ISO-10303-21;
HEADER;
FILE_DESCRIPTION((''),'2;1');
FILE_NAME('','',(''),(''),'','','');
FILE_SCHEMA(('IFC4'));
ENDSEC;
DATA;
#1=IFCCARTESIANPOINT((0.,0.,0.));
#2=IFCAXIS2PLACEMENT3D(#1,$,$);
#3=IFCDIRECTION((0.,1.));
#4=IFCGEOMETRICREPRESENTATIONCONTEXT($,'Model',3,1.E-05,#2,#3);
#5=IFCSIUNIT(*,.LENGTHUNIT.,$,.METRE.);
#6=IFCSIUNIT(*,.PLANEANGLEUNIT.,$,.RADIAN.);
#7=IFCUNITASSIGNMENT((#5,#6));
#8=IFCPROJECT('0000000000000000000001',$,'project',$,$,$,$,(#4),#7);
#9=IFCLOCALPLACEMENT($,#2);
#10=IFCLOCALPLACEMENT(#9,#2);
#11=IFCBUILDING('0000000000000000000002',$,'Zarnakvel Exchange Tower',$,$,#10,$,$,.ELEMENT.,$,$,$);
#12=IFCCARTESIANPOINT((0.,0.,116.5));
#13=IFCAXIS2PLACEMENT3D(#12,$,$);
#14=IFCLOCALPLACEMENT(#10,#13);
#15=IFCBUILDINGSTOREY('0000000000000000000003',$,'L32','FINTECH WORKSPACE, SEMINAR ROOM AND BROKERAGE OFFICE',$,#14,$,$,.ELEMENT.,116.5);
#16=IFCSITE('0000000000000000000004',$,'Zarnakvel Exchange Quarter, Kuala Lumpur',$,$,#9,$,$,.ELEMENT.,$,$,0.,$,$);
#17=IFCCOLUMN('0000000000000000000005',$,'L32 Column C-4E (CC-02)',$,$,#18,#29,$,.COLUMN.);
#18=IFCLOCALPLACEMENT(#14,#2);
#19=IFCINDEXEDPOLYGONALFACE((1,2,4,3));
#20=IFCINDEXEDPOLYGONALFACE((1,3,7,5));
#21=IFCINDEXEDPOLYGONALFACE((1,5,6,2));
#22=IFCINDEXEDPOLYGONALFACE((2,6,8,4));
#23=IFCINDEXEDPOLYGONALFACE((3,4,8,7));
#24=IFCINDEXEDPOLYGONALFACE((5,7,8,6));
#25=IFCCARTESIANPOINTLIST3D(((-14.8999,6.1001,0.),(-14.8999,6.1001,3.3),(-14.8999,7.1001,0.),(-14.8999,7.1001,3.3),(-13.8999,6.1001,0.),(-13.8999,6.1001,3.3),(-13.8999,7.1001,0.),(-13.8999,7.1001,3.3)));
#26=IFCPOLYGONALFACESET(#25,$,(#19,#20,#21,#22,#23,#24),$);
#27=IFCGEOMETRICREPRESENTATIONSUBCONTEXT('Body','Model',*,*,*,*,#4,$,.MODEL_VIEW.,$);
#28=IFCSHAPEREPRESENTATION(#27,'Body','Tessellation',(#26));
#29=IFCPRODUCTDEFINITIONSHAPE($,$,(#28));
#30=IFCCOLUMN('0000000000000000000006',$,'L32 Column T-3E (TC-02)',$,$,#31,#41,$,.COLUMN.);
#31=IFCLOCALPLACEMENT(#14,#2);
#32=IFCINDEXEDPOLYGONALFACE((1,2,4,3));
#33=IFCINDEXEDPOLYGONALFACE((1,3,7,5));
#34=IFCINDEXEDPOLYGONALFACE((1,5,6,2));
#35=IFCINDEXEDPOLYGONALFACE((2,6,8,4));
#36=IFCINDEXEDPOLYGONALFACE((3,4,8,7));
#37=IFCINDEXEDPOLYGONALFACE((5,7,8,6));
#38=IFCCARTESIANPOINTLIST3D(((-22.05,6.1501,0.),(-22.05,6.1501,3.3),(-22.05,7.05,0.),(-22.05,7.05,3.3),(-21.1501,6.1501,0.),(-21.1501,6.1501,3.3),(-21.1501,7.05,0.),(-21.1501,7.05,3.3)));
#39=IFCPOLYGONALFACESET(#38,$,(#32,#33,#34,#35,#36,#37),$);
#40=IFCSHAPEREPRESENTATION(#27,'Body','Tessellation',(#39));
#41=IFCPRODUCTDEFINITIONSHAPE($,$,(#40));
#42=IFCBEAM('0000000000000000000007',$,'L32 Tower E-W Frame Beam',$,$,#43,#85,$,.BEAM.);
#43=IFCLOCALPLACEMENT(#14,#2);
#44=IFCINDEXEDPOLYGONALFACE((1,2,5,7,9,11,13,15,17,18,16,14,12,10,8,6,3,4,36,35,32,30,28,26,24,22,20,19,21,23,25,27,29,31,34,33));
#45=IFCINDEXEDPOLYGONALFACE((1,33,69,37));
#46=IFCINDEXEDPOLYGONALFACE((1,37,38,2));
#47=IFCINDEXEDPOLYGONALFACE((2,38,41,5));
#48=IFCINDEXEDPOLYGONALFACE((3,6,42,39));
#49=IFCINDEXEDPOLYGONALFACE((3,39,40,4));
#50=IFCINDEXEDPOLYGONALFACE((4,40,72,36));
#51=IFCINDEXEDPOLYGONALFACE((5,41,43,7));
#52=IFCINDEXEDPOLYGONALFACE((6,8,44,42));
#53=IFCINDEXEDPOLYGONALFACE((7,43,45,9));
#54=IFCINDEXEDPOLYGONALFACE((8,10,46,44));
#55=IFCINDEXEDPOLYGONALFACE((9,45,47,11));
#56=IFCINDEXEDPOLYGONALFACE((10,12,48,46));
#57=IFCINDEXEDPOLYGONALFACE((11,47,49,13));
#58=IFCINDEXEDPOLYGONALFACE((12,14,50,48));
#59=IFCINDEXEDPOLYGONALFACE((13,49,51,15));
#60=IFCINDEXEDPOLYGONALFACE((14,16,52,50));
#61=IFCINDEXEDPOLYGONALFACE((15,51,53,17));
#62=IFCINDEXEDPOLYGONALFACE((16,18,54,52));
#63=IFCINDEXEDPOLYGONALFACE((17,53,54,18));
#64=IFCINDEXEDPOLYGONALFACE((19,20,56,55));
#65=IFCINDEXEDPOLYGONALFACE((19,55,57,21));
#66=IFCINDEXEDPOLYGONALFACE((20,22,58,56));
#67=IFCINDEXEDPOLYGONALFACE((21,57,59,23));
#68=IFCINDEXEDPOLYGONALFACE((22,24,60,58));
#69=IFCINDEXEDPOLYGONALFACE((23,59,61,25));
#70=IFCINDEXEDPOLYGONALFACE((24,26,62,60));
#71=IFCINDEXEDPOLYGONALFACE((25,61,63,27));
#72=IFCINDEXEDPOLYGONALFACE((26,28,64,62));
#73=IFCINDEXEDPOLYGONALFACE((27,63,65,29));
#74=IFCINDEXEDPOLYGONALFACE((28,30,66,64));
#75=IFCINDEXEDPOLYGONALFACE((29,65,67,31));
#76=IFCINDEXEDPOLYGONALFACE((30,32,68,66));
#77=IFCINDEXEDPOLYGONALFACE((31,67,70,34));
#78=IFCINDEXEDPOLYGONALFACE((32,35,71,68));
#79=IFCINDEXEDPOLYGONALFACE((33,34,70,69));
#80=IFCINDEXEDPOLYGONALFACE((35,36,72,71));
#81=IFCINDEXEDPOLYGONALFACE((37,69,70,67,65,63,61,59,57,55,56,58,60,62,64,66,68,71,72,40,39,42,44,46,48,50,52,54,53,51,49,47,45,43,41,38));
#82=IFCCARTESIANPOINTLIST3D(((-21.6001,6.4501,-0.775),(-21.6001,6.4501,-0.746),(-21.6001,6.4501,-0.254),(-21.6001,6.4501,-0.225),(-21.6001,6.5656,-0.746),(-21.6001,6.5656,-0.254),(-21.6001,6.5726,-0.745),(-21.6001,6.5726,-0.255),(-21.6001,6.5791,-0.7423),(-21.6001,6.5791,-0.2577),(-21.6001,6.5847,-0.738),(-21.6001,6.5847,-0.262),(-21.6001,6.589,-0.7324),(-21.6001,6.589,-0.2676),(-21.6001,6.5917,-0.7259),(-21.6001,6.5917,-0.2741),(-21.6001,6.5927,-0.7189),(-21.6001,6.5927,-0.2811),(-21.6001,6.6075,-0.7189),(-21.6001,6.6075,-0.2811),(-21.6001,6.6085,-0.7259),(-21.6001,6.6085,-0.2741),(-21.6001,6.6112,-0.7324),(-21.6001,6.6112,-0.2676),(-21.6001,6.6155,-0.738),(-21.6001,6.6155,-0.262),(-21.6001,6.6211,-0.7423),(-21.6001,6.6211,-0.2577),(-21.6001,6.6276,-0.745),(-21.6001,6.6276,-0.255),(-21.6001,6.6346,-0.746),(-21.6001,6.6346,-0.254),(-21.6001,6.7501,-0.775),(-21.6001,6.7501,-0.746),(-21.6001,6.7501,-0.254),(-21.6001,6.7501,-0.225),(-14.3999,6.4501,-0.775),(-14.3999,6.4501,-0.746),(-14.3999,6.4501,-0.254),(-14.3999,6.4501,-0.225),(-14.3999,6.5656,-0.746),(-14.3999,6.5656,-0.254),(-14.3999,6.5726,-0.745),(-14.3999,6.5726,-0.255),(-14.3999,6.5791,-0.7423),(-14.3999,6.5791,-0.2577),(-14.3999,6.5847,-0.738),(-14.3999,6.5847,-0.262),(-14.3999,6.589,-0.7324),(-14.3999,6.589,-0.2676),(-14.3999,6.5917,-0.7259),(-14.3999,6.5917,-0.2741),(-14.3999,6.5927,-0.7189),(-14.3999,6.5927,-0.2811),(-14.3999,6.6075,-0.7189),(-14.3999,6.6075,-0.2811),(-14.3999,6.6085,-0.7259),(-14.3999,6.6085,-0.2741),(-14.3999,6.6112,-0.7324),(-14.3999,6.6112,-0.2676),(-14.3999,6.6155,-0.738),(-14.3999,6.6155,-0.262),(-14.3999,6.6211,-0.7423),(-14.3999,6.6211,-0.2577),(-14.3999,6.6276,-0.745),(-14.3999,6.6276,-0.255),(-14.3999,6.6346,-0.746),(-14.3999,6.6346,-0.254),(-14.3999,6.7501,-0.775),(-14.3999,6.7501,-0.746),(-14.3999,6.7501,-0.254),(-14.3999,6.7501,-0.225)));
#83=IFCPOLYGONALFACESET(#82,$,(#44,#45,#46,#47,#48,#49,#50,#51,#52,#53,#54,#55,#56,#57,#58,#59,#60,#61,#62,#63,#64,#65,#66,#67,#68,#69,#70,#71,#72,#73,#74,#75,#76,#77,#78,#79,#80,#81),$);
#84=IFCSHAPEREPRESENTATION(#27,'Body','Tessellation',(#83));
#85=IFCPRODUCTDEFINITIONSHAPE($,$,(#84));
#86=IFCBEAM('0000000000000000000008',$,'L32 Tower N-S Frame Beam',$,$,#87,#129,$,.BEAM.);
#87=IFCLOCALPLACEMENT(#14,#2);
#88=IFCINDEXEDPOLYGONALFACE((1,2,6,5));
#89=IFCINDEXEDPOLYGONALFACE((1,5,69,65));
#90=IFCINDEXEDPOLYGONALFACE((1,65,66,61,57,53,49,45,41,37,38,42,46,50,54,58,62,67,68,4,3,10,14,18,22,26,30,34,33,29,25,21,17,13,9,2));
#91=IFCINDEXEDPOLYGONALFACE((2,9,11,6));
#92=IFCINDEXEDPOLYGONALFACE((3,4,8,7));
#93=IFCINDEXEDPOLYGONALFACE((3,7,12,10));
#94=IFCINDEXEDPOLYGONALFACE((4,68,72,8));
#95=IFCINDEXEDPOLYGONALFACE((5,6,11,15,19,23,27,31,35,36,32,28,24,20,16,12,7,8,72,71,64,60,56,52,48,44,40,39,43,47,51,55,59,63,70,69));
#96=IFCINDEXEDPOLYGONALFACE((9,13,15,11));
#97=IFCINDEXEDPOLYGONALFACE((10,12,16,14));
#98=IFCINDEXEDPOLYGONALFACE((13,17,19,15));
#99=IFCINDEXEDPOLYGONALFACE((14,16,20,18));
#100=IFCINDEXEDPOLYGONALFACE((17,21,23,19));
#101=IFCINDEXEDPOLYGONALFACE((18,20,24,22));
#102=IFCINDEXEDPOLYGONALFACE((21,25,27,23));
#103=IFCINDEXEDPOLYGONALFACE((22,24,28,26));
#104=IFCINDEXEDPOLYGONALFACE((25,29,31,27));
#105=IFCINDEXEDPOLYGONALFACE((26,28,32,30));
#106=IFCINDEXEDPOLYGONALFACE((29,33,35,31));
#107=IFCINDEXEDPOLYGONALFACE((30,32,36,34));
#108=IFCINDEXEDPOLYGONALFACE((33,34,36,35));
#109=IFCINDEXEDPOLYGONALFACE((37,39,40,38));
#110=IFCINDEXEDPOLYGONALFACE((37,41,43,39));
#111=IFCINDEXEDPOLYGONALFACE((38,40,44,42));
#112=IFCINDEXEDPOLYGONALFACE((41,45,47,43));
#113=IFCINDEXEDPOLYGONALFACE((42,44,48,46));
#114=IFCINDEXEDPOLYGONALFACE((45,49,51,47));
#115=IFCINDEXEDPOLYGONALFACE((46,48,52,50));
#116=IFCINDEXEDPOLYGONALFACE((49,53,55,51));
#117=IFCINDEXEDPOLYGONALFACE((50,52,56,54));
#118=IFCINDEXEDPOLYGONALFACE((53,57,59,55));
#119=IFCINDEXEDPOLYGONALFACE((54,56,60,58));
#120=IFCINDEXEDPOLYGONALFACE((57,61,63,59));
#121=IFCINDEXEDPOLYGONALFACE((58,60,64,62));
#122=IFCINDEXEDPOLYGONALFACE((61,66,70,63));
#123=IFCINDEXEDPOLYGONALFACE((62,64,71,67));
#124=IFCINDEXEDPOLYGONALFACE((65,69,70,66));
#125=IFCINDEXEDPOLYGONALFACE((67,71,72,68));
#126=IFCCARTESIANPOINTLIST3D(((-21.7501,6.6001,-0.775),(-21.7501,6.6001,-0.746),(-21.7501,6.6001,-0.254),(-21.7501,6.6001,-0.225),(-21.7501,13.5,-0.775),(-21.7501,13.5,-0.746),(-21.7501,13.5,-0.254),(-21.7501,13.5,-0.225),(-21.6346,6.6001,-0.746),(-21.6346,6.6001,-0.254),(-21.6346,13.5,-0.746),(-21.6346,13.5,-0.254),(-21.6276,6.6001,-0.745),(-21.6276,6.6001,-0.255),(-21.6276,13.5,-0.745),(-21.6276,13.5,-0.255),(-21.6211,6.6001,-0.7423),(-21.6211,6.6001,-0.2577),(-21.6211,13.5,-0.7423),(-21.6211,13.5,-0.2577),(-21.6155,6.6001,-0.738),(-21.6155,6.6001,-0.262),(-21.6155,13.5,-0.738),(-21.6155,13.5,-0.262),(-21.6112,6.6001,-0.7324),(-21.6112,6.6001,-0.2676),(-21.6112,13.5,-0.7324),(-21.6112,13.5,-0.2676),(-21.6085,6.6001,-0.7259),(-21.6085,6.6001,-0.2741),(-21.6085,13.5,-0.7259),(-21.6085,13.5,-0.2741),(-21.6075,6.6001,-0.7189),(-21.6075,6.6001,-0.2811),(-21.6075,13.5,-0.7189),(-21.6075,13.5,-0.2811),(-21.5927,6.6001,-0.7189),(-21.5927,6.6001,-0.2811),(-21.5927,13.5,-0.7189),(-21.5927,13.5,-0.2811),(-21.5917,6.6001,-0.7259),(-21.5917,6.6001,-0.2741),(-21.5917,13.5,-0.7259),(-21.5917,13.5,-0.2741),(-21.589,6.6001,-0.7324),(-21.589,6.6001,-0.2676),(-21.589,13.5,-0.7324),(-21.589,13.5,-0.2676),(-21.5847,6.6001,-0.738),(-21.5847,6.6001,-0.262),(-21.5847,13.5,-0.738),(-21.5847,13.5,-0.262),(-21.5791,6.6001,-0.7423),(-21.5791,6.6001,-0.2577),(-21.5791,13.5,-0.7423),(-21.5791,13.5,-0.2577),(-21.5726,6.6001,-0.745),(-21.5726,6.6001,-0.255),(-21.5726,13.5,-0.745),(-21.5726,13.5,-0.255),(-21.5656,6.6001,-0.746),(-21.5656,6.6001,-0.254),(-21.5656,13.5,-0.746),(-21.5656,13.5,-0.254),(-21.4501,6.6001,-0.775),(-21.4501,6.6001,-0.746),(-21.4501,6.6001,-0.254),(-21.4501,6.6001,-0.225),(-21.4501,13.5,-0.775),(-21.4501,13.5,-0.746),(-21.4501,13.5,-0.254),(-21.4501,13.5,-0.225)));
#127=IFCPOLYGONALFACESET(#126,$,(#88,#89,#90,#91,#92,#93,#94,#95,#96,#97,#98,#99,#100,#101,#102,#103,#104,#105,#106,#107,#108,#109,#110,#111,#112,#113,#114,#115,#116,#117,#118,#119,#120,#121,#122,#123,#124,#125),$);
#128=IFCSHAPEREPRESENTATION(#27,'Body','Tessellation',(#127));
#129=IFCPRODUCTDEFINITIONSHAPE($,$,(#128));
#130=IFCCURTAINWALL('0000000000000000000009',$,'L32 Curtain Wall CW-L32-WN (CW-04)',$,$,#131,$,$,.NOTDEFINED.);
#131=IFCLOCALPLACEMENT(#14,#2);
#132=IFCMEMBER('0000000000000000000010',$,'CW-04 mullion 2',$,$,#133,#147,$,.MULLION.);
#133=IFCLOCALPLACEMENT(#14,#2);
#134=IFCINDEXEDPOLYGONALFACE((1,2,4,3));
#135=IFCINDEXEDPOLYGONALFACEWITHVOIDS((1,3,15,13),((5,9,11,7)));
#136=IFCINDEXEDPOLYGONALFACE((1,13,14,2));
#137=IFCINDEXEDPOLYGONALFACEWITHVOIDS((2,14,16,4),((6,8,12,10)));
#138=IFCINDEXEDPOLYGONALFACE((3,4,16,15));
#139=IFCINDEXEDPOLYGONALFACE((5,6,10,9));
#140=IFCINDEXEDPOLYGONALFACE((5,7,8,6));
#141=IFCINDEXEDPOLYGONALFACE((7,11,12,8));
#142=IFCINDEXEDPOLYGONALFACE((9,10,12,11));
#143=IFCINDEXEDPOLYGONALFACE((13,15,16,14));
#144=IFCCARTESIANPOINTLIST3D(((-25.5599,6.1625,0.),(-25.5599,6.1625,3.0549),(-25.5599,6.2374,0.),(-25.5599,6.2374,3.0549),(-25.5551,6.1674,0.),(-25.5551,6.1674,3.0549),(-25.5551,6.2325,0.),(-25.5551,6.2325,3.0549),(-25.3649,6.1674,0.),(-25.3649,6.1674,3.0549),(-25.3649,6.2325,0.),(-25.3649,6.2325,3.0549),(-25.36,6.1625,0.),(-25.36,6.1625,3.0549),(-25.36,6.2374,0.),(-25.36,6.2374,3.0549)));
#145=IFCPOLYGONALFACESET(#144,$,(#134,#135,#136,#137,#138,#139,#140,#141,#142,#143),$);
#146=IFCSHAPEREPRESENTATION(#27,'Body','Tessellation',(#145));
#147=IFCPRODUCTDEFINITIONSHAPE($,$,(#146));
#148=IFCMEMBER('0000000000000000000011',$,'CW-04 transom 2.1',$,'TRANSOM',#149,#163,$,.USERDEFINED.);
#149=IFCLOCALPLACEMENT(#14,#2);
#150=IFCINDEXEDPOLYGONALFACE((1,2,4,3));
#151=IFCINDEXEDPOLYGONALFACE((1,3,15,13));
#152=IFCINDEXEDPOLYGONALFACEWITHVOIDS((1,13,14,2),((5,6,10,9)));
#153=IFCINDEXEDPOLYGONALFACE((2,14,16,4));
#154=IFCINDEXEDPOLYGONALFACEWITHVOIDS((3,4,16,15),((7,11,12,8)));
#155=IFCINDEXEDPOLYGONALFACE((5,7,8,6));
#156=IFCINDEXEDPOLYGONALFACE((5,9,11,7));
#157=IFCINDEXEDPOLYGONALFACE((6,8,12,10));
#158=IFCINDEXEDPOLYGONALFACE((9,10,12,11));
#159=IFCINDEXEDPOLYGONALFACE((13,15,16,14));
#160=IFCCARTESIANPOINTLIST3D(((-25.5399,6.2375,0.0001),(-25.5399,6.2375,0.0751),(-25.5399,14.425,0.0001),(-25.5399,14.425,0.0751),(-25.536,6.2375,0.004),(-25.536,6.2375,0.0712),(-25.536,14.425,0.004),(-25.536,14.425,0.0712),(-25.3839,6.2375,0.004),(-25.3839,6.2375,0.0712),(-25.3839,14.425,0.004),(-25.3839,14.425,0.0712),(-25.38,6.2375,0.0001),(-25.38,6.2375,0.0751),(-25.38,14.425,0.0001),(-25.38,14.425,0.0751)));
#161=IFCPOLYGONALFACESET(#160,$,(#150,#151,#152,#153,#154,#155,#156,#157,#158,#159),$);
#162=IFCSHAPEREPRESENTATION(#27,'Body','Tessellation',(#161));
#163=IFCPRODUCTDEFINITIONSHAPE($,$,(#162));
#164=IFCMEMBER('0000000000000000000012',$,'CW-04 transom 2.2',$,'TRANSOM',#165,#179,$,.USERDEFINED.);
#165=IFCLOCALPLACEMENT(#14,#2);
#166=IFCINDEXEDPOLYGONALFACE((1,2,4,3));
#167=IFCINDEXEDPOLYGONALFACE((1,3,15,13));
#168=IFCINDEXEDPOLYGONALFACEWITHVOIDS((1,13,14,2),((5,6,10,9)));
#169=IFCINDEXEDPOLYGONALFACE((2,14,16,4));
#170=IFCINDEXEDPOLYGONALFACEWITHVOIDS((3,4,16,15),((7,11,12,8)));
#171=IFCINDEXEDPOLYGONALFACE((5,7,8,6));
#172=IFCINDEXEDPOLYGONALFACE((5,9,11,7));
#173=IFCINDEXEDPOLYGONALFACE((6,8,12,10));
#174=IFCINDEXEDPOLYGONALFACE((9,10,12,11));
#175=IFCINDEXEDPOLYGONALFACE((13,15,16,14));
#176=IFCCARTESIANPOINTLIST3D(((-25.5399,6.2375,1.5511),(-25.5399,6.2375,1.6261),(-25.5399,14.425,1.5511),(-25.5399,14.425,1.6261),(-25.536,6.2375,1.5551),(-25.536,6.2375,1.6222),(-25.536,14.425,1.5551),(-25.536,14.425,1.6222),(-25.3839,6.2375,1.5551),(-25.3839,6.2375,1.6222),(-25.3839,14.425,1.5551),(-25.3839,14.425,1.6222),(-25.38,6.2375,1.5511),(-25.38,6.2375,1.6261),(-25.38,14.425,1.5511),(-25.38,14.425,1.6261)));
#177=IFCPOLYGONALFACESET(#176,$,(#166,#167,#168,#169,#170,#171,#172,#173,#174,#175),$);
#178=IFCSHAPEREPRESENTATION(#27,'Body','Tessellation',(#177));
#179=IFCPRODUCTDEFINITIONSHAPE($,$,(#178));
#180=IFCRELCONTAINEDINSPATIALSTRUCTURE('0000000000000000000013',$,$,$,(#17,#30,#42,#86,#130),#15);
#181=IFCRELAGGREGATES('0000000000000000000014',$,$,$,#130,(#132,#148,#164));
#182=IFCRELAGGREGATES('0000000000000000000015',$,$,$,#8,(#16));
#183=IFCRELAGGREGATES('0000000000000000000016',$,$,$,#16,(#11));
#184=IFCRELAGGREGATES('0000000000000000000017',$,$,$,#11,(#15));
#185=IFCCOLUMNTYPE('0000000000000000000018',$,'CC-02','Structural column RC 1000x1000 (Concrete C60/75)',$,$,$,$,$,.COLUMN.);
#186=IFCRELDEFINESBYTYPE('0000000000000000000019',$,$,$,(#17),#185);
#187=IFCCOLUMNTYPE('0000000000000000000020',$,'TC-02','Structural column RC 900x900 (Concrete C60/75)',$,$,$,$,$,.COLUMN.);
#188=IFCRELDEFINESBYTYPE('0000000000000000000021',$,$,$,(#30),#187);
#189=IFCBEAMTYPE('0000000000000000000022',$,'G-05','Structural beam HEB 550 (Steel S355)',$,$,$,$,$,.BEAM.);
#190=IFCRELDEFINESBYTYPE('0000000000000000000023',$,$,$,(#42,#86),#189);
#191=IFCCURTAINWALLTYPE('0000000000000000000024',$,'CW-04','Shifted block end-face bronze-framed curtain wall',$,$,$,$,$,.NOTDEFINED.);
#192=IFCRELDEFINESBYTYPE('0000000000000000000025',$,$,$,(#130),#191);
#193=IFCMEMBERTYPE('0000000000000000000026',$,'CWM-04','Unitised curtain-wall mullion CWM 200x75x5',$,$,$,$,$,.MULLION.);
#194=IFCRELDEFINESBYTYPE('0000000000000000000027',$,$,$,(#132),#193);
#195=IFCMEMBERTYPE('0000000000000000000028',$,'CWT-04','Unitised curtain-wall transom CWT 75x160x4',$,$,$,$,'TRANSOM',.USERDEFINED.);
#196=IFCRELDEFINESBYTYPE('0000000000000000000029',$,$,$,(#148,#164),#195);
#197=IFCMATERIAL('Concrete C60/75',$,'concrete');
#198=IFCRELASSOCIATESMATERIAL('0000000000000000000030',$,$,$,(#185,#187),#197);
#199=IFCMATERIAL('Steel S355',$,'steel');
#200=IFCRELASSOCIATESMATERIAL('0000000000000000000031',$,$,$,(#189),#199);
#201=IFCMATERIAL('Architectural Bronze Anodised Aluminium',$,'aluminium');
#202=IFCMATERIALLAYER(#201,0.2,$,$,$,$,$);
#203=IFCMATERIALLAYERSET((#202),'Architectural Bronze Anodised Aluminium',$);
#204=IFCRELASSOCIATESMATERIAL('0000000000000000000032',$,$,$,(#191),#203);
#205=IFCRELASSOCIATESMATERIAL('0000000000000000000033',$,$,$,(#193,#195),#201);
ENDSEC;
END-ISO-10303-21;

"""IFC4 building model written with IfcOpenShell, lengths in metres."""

from ifc_helpers import new_model, si_unit, direction, frame, origin, origin_2d, place, context, subcontext, project, spatial, rectangle, hollow_rectangle, i_section, extrude, source, transform, mapped, material, layer, layer_set, material_profile, profile_set, type_object, element, aggregate, save


model = new_model("IFC4")

# Units and contexts
model_context = context("Model", 3, precision=1e-05, world=origin(), true_north=direction((0.0, 1.0)))
body_context = subcontext(model_context, "Body", "Model", "MODEL_VIEW")
ifc_project = project(units=[si_unit("LENGTHUNIT", "METRE"), si_unit("PLANEANGLEUNIT", "RADIAN")], contexts=[model_context])

# Site, building, storey
site_placement = place(None, origin())
site = spatial("IfcSite", under=ifc_project, at=site_placement, Name="Zarnakvel Exchange Quarter, Kuala Lumpur", CompositionType="ELEMENT", RefElevation=0.0)
building_placement = place(site_placement, origin())
building = spatial("IfcBuilding", under=site, at=building_placement, Name="Zarnakvel Exchange Tower", CompositionType="ELEMENT")
storey_placement = place(building_placement, frame((0.0, 0.0, 116.5)))
storey = spatial("IfcBuildingStorey", under=building, at=storey_placement, Name="L32", Description="FINTECH WORKSPACE, SEMINAR ROOM AND BROKERAGE OFFICE", CompositionType="ELEMENT", Elevation=116.5)

# Columns
ifc_material_1 = material(Name="Concrete C60/75", Category="concrete")
ifc_material_profile_1 = material_profile(ifc_material_1, rectangle(XDim=1.0, YDim=1.0, at=origin_2d()))
ifc_profile_set_1 = profile_set([ifc_material_profile_1], Name="Concrete C60/75")
column_type_1 = type_object("IfcColumnType", Name="CC-02", Description="Structural column RC 1000x1000 (Concrete C60/75)", PredefinedType="COLUMN", material=ifc_profile_set_1)
column_1_placement = place(storey_placement, frame((-14.3999, 6.6001, 0.0), z_axis=(0.0, 0.0, 1.0), x_axis=(1.0, 0.0, 0.0)))
element("IfcColumn", 1, at=column_1_placement, inside=storey, type_object=column_type_1, Name="L32 Column C-4E (CC-02)", PredefinedType="COLUMN", context=body_context, shape_type="SweptSolid", body=[
    extrude(rectangle(XDim=1.0, YDim=1.0, at=origin_2d()), origin(), (0.0, 0.0, 1.0), 3.3),
])
ifc_material_profile_2 = material_profile(ifc_material_1, rectangle(XDim=0.8999, YDim=0.8999, at=origin_2d()))
ifc_profile_set_2 = profile_set([ifc_material_profile_2], Name="Concrete C60/75")
column_type_2 = type_object("IfcColumnType", Name="TC-02", Description="Structural column RC 900x900 (Concrete C60/75)", PredefinedType="COLUMN", material=ifc_profile_set_2)
column_2_placement = place(storey_placement, frame((-21.6001, 6.6001, 0.0), z_axis=(0.0, 0.0, 1.0), x_axis=(1.0, 0.0, 0.0)))
element("IfcColumn", 2, at=column_2_placement, inside=storey, type_object=column_type_2, Name="L32 Column T-3E (TC-02)", PredefinedType="COLUMN", context=body_context, shape_type="SweptSolid", body=[
    extrude(rectangle(XDim=0.8999, YDim=0.8999, at=origin_2d()), origin(), (0.0, 0.0, 1.0), 3.3),
])

# Beams
ifc_material_2 = material(Name="Steel S355", Category="steel")
ifc_material_profile_3 = material_profile(ifc_material_2, i_section(OverallWidth=0.3, OverallDepth=0.55, WebThickness=0.0149, FlangeThickness=0.0291, FilletRadius=0.0271, at=origin_2d()))
ifc_profile_set_3 = profile_set([ifc_material_profile_3], Name="Steel S355")
beam_type = type_object("IfcBeamType", Name="G-05", Description="Structural beam HEB 550 (Steel S355)", PredefinedType="BEAM", material=ifc_profile_set_3)
beam_1_placement = place(storey_placement, frame((-21.6001, 6.6001, -0.5), z_axis=(1.0, 0.0, 0.0), x_axis=(0.0, 1.0, 0.0)))
element("IfcBeam", 3, at=beam_1_placement, inside=storey, type_object=beam_type, Name="L32 Tower E-W Frame Beam", PredefinedType="BEAM", context=body_context, shape_type="SweptSolid", body=[
    extrude(i_section(OverallWidth=0.3, OverallDepth=0.55, WebThickness=0.0149, FlangeThickness=0.0291, FilletRadius=0.0271, at=origin_2d()), origin(), (0.0, 0.0, 1.0), 7.2002),
])
beam_2_placement = place(storey_placement, frame((-21.6001, 6.6001, -0.5), z_axis=(0.0, 1.0, 0.0), x_axis=(-1.0, 0.0, 0.0)))
element("IfcBeam", 4, at=beam_2_placement, inside=storey, type_object=beam_type, Name="L32 Tower N-S Frame Beam", PredefinedType="BEAM", context=body_context, shape_type="SweptSolid", body=[
    extrude(i_section(OverallWidth=0.3, OverallDepth=0.55, WebThickness=0.0149, FlangeThickness=0.0291, FilletRadius=0.0271, at=origin_2d()), origin(), (0.0, 0.0, 1.0), 6.8999),
])

# Curtain wall, members
ifc_material_3 = material(Name="Architectural Bronze Anodised Aluminium", Category="aluminium")
ifc_layer_1 = layer(ifc_material_3, 0.2)
ifc_layer_set_1 = layer_set([ifc_layer_1], Name="Architectural Bronze Anodised Aluminium")
curtain_wall_type = type_object("IfcCurtainWallType", Name="CW-04", Description="Shifted block end-face bronze-framed curtain wall", PredefinedType="NOTDEFINED", material=ifc_layer_set_1)
curtain_wall_placement = place(storey_placement, origin())
curtain_wall = element("IfcCurtainWall", 5, at=curtain_wall_placement, inside=storey, type_object=curtain_wall_type, Name="L32 Curtain Wall CW-L32-WN (CW-04)", PredefinedType="NOTDEFINED")
ifc_material_profile_4 = material_profile(ifc_material_3, hollow_rectangle(XDim=0.2, YDim=0.075, WallThickness=0.0049, at=origin_2d()))
ifc_profile_set_4 = profile_set([ifc_material_profile_4], Name="Architectural Bronze Anodised Aluminium")
member_type_1 = type_object("IfcMemberType", Name="CWM-04", Description="Unitised curtain-wall mullion CWM 200x75x5", PredefinedType="MULLION", material=ifc_profile_set_4)
shared_shape_1 = source(origin(), body_context, "Body", "SweptSolid", [
    extrude(hollow_rectangle(XDim=0.2, YDim=0.075, WallThickness=0.0049, at=origin_2d()), origin(), (0.0, 0.0, 1.0), 3.0549),
])
member_1_placement = place(storey_placement, frame((-25.46, 6.2, 0.0), z_axis=(0.0, 0.0, 1.0), x_axis=(-1.0, 0.0, 0.0)))
member_1 = element("IfcMember", 6, at=member_1_placement, type_object=member_type_1, Name="CW-04 mullion 2", PredefinedType="MULLION", context=body_context, shape_type="MappedRepresentation", body=[
    mapped(shared_shape_1, transform((0.0, 0.0, 0.0), x_axis=(1.0, 0.0, 0.0), y_axis=(0.0, 1.0, 0.0), z_axis=(0.0, 0.0, 1.0), scale=1.0)),
])
ifc_material_profile_5 = material_profile(ifc_material_3, hollow_rectangle(XDim=0.1599, YDim=0.075, WallThickness=0.0039, at=origin_2d()))
ifc_profile_set_5 = profile_set([ifc_material_profile_5], Name="Architectural Bronze Anodised Aluminium")
member_type_2 = type_object("IfcMemberType", Name="CWT-04", Description="Unitised curtain-wall transom CWT 75x160x4", ElementType="TRANSOM", PredefinedType="USERDEFINED", material=ifc_profile_set_5)
shared_shape_2 = source(origin(), body_context, "Body", "SweptSolid", [
    extrude(hollow_rectangle(XDim=0.1599, YDim=0.075, WallThickness=0.0039, at=origin_2d()), origin(), (0.0, 0.0, 1.0), 8.1875),
])
member_2_placement = place(storey_placement, frame((-25.46, 6.2375, 0.0376), z_axis=(0.0, 1.0, 0.0), x_axis=(-1.0, 0.0, 0.0)))
member_2 = element("IfcMember", 7, at=member_2_placement, type_object=member_type_2, Name="CW-04 transom 2.1", ObjectType="TRANSOM", PredefinedType="USERDEFINED", context=body_context, shape_type="MappedRepresentation", body=[
    mapped(shared_shape_2, transform((0.0, 0.0, 0.0), x_axis=(1.0, 0.0, 0.0), y_axis=(0.0, 1.0, 0.0), z_axis=(0.0, 0.0, 1.0), scale=1.0)),
])
member_3_placement = place(storey_placement, frame((-25.46, 6.2375, 1.5886), z_axis=(0.0, 1.0, 0.0), x_axis=(-1.0, 0.0, 0.0)))
member_3 = element("IfcMember", 8, at=member_3_placement, type_object=member_type_2, Name="CW-04 transom 2.2", ObjectType="TRANSOM", PredefinedType="USERDEFINED", context=body_context, shape_type="MappedRepresentation", body=[
    mapped(shared_shape_2, transform((0.0, 0.0, 0.0), x_axis=(1.0, 0.0, 0.0), y_axis=(0.0, 1.0, 0.0), z_axis=(0.0, 0.0, 1.0), scale=1.0)),
])
aggregate(curtain_wall, [member_1, member_2, member_3])

save(model, "model.ifc")
